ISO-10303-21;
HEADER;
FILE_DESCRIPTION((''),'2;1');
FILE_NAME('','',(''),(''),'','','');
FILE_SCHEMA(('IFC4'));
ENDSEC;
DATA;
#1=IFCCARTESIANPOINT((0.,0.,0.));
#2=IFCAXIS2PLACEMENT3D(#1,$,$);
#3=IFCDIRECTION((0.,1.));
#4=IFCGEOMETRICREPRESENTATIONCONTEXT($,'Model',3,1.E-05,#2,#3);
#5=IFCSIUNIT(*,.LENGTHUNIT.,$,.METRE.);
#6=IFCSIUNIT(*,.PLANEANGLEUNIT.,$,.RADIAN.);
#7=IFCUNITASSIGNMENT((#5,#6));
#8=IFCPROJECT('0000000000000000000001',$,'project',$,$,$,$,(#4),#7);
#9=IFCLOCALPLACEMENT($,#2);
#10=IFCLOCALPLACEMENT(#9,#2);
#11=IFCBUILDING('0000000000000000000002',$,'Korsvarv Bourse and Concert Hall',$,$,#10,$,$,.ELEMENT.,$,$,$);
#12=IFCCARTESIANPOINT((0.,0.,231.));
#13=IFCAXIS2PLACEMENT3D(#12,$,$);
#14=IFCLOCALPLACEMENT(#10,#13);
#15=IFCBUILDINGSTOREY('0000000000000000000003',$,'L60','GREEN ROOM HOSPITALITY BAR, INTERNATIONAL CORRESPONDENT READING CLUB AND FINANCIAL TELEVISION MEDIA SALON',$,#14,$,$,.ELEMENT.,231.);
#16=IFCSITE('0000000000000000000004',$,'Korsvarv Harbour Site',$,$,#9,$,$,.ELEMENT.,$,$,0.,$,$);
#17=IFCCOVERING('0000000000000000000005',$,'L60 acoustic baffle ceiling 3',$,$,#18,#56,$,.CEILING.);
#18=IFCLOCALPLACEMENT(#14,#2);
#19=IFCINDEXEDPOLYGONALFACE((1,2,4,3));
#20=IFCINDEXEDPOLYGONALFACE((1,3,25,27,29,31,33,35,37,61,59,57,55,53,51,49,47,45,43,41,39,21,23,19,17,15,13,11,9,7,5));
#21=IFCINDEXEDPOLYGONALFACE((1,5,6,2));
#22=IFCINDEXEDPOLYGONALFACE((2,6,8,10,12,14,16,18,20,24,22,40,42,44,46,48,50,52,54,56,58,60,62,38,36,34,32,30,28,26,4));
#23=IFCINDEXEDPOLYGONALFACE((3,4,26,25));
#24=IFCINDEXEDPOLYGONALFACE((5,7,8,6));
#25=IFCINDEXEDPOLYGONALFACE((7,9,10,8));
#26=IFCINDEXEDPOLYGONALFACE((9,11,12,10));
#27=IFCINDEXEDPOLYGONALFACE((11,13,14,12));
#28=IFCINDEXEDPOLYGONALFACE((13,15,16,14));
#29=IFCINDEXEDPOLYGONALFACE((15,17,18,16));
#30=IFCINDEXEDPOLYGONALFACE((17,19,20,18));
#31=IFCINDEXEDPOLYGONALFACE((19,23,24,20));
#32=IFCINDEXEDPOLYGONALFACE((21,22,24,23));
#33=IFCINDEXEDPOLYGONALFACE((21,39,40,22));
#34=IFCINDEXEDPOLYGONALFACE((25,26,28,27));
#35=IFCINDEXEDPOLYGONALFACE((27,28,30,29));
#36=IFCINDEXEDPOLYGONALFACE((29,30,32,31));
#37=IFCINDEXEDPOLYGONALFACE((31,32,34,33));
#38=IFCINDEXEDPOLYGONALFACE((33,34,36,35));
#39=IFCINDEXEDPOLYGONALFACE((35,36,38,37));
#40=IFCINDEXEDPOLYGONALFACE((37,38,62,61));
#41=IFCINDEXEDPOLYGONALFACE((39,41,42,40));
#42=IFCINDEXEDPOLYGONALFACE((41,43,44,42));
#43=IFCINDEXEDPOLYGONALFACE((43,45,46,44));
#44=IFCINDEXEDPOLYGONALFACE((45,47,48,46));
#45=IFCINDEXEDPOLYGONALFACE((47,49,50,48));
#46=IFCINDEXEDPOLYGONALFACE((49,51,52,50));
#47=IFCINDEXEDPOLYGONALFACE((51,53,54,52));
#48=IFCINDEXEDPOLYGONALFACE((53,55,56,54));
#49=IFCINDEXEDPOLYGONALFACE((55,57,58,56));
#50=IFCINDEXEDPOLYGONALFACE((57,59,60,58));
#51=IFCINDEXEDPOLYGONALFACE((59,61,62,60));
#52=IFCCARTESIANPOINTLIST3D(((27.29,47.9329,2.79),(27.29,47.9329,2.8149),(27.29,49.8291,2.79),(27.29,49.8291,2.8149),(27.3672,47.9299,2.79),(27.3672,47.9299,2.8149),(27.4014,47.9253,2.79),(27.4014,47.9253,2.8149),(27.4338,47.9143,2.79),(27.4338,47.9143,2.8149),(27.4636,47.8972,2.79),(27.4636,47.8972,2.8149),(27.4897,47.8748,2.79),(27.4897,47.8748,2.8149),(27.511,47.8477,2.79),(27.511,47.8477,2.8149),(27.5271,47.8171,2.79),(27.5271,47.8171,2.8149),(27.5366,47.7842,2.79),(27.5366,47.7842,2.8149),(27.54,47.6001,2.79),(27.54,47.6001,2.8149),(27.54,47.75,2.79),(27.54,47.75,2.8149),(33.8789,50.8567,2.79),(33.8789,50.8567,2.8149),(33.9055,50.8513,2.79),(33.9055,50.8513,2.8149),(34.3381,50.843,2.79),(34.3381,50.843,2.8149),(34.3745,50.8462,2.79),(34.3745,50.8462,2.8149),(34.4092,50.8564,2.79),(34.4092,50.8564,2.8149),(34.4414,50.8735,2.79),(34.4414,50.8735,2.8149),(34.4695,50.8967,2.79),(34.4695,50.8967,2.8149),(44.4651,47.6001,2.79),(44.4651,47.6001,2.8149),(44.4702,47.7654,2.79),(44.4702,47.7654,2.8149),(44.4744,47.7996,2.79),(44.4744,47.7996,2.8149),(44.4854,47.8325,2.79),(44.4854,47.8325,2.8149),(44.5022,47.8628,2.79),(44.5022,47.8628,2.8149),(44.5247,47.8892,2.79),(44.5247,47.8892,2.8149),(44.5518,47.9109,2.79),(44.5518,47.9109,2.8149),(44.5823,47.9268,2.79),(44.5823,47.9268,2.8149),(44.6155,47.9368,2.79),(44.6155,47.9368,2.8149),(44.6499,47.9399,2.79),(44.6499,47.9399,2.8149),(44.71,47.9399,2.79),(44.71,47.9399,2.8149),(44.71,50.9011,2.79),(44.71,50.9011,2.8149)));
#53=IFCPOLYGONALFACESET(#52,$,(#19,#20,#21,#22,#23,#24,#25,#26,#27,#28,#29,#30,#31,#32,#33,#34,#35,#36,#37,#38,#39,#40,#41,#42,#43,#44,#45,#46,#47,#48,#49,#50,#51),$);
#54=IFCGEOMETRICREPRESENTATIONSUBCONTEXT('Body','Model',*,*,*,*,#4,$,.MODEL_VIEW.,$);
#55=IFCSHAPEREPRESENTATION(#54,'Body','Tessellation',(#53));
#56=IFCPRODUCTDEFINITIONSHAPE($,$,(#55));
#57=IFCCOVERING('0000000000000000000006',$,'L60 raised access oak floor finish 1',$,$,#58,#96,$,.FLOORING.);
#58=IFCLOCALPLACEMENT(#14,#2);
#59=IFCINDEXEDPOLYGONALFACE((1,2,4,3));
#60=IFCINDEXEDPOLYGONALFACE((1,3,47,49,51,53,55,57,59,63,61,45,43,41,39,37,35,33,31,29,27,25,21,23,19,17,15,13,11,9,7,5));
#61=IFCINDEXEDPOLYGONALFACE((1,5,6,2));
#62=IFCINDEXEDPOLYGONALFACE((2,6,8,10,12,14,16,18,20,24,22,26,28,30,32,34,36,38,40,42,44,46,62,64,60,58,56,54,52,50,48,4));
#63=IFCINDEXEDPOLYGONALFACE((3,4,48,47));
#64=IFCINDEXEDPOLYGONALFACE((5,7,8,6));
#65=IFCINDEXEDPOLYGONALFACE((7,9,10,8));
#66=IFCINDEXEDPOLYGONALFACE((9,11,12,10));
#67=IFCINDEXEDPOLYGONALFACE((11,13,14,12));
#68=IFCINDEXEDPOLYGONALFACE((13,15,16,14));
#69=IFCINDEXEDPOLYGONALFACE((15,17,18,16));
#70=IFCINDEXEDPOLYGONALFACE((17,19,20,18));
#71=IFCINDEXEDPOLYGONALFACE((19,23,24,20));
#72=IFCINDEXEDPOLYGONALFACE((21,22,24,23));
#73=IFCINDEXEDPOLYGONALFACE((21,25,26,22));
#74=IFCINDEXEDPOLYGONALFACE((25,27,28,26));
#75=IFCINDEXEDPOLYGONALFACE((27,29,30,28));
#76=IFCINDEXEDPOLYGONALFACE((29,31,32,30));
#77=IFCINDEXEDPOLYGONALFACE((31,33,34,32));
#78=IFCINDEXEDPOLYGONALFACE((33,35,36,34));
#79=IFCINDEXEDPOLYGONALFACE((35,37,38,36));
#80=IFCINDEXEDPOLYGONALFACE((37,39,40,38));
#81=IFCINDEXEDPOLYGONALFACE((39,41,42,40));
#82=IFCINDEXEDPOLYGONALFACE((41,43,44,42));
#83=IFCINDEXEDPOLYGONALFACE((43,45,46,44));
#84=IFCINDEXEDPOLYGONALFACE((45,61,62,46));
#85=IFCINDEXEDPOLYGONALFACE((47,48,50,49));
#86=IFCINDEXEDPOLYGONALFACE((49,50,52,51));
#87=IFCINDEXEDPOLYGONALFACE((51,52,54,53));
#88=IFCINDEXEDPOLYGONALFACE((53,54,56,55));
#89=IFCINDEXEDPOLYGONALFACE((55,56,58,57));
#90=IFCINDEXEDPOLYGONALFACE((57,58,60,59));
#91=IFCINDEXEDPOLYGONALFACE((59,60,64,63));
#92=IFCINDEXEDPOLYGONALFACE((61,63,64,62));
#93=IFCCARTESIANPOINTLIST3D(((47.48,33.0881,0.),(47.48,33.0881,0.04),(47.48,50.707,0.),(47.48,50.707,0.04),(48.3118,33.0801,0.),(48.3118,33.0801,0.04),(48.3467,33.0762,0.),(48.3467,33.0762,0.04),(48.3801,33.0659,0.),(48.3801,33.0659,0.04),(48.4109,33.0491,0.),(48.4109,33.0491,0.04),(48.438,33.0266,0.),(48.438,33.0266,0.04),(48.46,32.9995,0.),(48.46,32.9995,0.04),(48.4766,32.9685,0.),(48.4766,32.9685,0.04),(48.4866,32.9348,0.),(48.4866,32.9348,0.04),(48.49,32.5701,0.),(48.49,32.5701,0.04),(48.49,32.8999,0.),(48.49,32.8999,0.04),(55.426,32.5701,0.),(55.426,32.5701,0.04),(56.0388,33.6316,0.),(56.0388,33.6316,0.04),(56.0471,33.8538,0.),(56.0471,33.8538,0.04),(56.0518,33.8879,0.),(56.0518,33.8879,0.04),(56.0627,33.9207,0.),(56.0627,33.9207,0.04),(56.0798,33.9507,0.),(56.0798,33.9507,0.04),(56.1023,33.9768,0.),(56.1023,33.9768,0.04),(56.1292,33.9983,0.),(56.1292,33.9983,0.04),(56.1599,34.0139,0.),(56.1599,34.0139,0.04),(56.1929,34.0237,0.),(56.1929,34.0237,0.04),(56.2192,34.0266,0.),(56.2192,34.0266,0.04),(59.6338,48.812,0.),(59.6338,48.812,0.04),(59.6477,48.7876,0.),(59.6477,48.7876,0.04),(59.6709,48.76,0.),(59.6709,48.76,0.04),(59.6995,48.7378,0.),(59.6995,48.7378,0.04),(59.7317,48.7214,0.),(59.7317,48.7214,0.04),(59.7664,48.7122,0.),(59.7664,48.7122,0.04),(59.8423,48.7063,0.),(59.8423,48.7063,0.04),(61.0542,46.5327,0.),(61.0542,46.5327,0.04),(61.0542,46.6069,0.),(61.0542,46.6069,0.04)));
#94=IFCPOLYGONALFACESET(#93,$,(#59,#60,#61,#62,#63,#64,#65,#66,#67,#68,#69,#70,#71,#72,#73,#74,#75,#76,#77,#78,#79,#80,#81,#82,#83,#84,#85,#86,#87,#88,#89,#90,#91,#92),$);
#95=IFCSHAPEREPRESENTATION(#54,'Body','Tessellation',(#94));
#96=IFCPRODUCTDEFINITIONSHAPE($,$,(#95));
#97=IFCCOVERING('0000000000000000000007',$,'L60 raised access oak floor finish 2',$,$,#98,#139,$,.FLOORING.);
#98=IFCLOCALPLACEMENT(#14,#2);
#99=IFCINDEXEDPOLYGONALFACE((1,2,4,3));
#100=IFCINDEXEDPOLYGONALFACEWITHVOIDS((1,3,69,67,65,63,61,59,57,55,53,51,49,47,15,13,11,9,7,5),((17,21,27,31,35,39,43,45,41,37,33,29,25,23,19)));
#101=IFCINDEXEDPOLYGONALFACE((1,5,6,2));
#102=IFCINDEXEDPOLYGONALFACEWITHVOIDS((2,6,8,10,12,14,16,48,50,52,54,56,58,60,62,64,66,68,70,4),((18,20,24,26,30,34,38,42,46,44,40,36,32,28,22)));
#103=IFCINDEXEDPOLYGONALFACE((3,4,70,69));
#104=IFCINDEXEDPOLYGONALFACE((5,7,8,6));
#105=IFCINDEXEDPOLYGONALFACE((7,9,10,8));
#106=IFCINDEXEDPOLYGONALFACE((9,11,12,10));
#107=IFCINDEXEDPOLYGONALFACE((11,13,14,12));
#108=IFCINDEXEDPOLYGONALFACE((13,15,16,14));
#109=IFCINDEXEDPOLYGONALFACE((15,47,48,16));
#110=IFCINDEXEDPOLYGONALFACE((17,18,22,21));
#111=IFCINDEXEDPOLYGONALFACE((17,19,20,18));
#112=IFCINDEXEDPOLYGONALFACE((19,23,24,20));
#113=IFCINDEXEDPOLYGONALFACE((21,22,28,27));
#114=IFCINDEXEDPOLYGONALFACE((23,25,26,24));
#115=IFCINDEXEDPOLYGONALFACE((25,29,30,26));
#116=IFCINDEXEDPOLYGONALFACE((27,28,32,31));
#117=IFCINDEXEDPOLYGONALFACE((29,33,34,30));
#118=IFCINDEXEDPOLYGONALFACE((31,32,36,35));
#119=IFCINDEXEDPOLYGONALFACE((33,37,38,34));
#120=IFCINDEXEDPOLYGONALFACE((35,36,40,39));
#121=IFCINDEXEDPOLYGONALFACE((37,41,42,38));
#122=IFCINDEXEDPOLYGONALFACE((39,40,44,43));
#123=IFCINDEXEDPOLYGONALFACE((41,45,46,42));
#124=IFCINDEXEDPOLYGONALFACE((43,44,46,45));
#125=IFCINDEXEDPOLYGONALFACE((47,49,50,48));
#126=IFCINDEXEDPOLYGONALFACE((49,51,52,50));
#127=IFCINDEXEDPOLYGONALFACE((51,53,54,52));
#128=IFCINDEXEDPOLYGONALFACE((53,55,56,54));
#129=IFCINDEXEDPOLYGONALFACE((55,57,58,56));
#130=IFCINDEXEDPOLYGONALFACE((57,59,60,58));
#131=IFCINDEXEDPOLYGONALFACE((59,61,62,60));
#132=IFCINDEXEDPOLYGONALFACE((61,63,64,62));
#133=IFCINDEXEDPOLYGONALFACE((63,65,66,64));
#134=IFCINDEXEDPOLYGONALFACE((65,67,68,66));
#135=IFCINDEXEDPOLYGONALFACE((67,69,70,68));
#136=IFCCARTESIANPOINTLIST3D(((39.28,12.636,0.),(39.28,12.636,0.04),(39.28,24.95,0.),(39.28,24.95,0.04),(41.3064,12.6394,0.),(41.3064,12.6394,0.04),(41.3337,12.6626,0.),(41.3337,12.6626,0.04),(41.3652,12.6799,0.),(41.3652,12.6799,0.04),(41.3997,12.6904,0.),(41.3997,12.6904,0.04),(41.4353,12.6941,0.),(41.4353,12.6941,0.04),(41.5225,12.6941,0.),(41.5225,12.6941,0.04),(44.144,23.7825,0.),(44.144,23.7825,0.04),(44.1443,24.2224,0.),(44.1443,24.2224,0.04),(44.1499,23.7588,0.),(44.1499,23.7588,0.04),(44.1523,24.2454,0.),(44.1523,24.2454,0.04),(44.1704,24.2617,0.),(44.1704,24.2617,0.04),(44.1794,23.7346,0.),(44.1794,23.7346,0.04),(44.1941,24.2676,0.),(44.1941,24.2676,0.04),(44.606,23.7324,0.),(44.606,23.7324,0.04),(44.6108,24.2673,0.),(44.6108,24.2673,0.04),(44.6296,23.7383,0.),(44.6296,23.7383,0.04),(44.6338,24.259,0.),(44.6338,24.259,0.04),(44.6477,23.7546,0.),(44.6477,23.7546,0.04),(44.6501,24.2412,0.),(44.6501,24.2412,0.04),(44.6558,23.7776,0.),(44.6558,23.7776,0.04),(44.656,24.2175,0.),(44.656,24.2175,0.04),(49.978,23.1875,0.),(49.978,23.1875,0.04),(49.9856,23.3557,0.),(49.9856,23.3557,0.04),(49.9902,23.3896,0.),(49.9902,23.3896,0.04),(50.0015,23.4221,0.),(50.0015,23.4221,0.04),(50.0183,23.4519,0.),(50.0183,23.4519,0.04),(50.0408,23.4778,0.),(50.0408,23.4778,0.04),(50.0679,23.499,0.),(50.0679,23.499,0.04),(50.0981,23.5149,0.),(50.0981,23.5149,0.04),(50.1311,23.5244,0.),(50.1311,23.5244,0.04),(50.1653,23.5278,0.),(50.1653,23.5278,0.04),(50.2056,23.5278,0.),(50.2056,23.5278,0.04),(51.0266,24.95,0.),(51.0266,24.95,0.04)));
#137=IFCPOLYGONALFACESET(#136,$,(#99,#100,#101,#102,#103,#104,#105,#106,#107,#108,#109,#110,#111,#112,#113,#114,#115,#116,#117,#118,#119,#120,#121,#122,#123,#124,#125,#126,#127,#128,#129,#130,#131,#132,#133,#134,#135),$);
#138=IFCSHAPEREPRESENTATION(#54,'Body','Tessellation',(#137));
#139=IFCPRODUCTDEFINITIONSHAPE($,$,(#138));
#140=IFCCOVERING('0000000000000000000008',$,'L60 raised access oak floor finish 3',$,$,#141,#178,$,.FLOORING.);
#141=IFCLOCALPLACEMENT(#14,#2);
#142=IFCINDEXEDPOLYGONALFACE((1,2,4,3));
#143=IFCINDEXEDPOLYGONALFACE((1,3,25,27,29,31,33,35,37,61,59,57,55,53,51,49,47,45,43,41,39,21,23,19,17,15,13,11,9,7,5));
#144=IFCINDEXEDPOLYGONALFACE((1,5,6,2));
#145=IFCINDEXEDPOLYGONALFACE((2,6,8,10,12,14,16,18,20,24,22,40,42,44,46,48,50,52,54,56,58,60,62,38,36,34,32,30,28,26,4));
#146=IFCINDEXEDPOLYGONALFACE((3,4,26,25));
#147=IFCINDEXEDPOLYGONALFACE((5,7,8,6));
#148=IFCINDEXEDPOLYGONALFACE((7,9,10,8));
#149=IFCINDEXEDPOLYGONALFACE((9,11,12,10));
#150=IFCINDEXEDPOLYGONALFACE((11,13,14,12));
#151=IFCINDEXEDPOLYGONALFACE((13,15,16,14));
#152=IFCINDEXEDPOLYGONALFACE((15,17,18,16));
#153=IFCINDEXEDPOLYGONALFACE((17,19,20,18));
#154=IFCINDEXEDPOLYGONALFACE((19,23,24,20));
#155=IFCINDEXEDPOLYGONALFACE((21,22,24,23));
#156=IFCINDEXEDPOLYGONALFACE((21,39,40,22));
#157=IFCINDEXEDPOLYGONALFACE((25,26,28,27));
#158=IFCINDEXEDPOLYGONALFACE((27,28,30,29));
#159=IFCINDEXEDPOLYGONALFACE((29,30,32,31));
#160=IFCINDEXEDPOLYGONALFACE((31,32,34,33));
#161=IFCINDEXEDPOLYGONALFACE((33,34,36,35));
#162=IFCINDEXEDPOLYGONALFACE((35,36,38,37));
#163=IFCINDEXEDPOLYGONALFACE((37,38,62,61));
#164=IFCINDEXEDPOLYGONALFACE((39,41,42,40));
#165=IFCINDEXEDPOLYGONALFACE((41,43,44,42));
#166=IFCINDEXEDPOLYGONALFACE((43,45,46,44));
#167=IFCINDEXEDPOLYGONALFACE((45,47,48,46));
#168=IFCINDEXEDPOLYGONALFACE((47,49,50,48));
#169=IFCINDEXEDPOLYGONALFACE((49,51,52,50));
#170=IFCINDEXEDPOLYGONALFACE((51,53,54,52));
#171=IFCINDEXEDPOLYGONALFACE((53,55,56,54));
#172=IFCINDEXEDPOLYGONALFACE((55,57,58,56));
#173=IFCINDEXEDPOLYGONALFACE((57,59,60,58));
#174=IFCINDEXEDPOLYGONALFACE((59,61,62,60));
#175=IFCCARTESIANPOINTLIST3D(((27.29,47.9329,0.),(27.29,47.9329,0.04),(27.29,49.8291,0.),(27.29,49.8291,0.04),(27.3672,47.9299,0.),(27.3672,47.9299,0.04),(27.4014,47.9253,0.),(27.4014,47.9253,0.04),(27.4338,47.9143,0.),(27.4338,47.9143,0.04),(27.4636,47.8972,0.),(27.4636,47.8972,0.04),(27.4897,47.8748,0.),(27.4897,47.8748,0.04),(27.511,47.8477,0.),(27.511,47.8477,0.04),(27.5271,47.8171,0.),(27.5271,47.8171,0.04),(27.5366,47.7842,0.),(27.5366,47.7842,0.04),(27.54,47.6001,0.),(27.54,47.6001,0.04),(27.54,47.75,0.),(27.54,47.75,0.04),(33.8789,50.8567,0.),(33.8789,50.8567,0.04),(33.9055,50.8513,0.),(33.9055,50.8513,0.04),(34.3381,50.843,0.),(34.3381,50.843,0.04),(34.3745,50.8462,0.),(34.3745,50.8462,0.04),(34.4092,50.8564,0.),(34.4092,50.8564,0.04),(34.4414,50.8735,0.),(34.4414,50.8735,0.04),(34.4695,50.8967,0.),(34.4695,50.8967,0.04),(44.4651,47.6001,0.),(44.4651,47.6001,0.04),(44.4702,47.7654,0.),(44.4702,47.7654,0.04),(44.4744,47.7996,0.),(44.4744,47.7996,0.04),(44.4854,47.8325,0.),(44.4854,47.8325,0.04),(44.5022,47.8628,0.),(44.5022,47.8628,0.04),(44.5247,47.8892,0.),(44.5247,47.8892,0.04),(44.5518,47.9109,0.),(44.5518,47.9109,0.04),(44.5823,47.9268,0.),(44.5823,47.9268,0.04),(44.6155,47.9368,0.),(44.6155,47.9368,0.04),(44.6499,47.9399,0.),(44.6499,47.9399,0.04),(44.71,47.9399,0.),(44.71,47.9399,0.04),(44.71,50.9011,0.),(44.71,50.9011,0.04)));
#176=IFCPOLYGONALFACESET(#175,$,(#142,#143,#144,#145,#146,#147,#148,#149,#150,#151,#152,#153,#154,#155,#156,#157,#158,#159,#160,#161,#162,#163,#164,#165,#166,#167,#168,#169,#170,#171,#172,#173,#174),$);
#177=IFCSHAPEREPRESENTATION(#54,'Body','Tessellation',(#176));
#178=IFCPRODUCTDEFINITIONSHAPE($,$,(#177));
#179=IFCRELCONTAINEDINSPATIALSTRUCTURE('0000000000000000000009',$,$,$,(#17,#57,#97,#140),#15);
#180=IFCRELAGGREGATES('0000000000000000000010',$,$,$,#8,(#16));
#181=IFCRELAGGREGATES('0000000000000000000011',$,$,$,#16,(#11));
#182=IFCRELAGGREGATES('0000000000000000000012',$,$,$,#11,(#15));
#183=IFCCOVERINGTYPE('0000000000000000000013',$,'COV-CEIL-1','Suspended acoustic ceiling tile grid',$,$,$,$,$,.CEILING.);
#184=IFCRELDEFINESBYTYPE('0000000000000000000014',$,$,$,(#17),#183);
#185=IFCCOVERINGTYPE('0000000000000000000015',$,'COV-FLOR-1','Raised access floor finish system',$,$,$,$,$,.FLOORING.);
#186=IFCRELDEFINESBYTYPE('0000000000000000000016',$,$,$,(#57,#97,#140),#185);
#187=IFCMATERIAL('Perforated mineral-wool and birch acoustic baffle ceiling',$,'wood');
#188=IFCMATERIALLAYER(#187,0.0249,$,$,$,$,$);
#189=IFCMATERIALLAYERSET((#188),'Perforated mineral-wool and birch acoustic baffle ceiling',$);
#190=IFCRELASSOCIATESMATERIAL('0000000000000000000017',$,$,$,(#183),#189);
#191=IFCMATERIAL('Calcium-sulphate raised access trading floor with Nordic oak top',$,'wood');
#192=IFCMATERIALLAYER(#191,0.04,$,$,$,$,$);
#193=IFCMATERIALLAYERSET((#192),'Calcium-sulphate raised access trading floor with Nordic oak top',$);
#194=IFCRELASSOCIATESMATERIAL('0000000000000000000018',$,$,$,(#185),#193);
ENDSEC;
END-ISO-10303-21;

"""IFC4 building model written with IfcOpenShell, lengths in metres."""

from ifc_helpers import new_model, si_unit, direction, frame, origin, place, context, subcontext, project, spatial, polyline, outline, extrude, material, layer, layer_set, type_object, element, save


model = new_model("IFC4")

# Units and contexts
model_context = context("Model", 3, precision=1e-05, world=origin(), true_north=direction((0.0, 1.0)))
body_context = subcontext(model_context, "Body", "Model", "MODEL_VIEW")
ifc_project = project(units=[si_unit("LENGTHUNIT", "METRE"), si_unit("PLANEANGLEUNIT", "RADIAN")], contexts=[model_context])

# Site, building, storey
site_placement = place(None, origin())
site = spatial("IfcSite", under=ifc_project, at=site_placement, Name="Korsvarv Harbour Site", CompositionType="ELEMENT", RefElevation=0.0)
building_placement = place(site_placement, origin())
building = spatial("IfcBuilding", under=site, at=building_placement, Name="Korsvarv Bourse and Concert Hall", CompositionType="ELEMENT")
storey_placement = place(building_placement, frame((0.0, 0.0, 231.0)))
storey = spatial("IfcBuildingStorey", under=building, at=storey_placement, Name="L60", Description="GREEN ROOM HOSPITALITY BAR, INTERNATIONAL CORRESPONDENT READING CLUB AND FINANCIAL TELEVISION MEDIA SALON", CompositionType="ELEMENT", Elevation=231.0)

# Coverings
ifc_material_1 = material(Name="Perforated mineral-wool and birch acoustic baffle ceiling", Category="wood")
ifc_layer_1 = layer(ifc_material_1, 0.0249)
ifc_layer_set_1 = layer_set([ifc_layer_1], Name="Perforated mineral-wool and birch acoustic baffle ceiling")
covering_type_1 = type_object("IfcCoveringType", Name="COV-CEIL-1", Description="Suspended acoustic ceiling tile grid", PredefinedType="CEILING", material=ifc_layer_set_1)
covering_1_placement = place(storey_placement, frame((0.0, 0.0, 2.79)))
element("IfcCovering", 1, at=covering_1_placement, inside=storey, type_object=covering_type_1, Name="L60 acoustic baffle ceiling 3", PredefinedType="CEILING", context=body_context, shape_type="SweptSolid", body=[
    extrude(outline(polyline([(33.8789, 50.8567), (33.9055, 50.8513), (34.3381, 50.843), (34.3745, 50.8462), (34.4092, 50.8564), (34.4414, 50.8735), (34.4695, 50.8967), (44.71, 50.9011), (44.71, 47.9399), (44.6499, 47.9399), (44.6155, 47.9368), (44.5823, 47.9268), (44.5518, 47.9109), (44.5247, 47.8892), (44.5022, 47.8628), (44.4854, 47.8325), (44.4744, 47.7996), (44.4702, 47.7654), (44.4651, 47.6001), (27.54, 47.6001), (27.54, 47.75), (27.5366, 47.7842), (27.5271, 47.8171), (27.511, 47.8477), (27.4897, 47.8748), (27.4636, 47.8972), (27.4338, 47.9143), (27.4014, 47.9253), (27.3672, 47.9299), (27.29, 47.9329), (27.29, 49.8291), (33.8789, 50.8567)])), origin(), (0.0, 0.0, 1.0), 0.0249),
])
ifc_material_2 = material(Name="Calcium-sulphate raised access trading floor with Nordic oak top", Category="wood")
ifc_layer_2 = layer(ifc_material_2, 0.04)
ifc_layer_set_2 = layer_set([ifc_layer_2], Name="Calcium-sulphate raised access trading floor with Nordic oak top")
covering_type_2 = type_object("IfcCoveringType", Name="COV-FLOR-1", Description="Raised access floor finish system", PredefinedType="FLOORING", material=ifc_layer_set_2)
covering_2_placement = place(storey_placement, origin())
element("IfcCovering", 2, at=covering_2_placement, inside=storey, type_object=covering_type_2, Name="L60 raised access oak floor finish 1", PredefinedType="FLOORING", context=body_context, shape_type="SweptSolid", body=[
    extrude(outline(polyline([(48.49, 32.5701), (48.49, 32.8999), (48.4866, 32.9348), (48.4766, 32.9685), (48.46, 32.9995), (48.438, 33.0266), (48.4109, 33.0491), (48.3801, 33.0659), (48.3467, 33.0762), (48.3118, 33.0801), (47.48, 33.0881), (47.48, 50.707), (59.6338, 48.812), (59.6477, 48.7876), (59.6709, 48.76), (59.6995, 48.7378), (59.7317, 48.7214), (59.7664, 48.7122), (59.8423, 48.7063), (61.0542, 46.6069), (61.0542, 46.5327), (56.2192, 34.0266), (56.1929, 34.0237), (56.1599, 34.0139), (56.1292, 33.9983), (56.1023, 33.9768), (56.0798, 33.9507), (56.0627, 33.9207), (56.0518, 33.8879), (56.0471, 33.8538), (56.0388, 33.6316), (55.426, 32.5701), (48.49, 32.5701)])), origin(), (0.0, 0.0, 1.0), 0.04),
])
covering_3_placement = place(storey_placement, origin())
element("IfcCovering", 3, at=covering_3_placement, inside=storey, type_object=covering_type_2, Name="L60 raised access oak floor finish 2", PredefinedType="FLOORING", context=body_context, shape_type="SweptSolid", body=[
    extrude(outline(polyline([(51.0266, 24.95), (50.2056, 23.5278), (50.1653, 23.5278), (50.1311, 23.5244), (50.0981, 23.5149), (50.0679, 23.499), (50.0408, 23.4778), (50.0183, 23.4519), (50.0015, 23.4221), (49.9902, 23.3896), (49.9856, 23.3557), (49.978, 23.1875), (41.5225, 12.6941), (41.4353, 12.6941), (41.3997, 12.6904), (41.3652, 12.6799), (41.3337, 12.6626), (41.3064, 12.6394), (39.28, 12.636), (39.28, 24.95), (51.0266, 24.95)]), holes=[polyline([(44.1794, 23.7346), (44.606, 23.7324), (44.6296, 23.7383), (44.6477, 23.7546), (44.6558, 23.7776), (44.656, 24.2175), (44.6501, 24.2412), (44.6338, 24.259), (44.6108, 24.2673), (44.1941, 24.2676), (44.1704, 24.2617), (44.1523, 24.2454), (44.1443, 24.2224), (44.144, 23.7825), (44.1499, 23.7588), (44.1794, 23.7346)])]), origin(), (0.0, 0.0, 1.0), 0.04),
])
covering_4_placement = place(storey_placement, origin())
element("IfcCovering", 4, at=covering_4_placement, inside=storey, type_object=covering_type_2, Name="L60 raised access oak floor finish 3", PredefinedType="FLOORING", context=body_context, shape_type="SweptSolid", body=[
    extrude(outline(polyline([(33.8789, 50.8567), (33.9055, 50.8513), (34.3381, 50.843), (34.3745, 50.8462), (34.4092, 50.8564), (34.4414, 50.8735), (34.4695, 50.8967), (44.71, 50.9011), (44.71, 47.9399), (44.6499, 47.9399), (44.6155, 47.9368), (44.5823, 47.9268), (44.5518, 47.9109), (44.5247, 47.8892), (44.5022, 47.8628), (44.4854, 47.8325), (44.4744, 47.7996), (44.4702, 47.7654), (44.4651, 47.6001), (27.54, 47.6001), (27.54, 47.75), (27.5366, 47.7842), (27.5271, 47.8171), (27.511, 47.8477), (27.4897, 47.8748), (27.4636, 47.8972), (27.4338, 47.9143), (27.4014, 47.9253), (27.3672, 47.9299), (27.29, 47.9329), (27.29, 49.8291), (33.8789, 50.8567)])), origin(), (0.0, 0.0, 1.0), 0.04),
])

save(model, "model.ifc")
